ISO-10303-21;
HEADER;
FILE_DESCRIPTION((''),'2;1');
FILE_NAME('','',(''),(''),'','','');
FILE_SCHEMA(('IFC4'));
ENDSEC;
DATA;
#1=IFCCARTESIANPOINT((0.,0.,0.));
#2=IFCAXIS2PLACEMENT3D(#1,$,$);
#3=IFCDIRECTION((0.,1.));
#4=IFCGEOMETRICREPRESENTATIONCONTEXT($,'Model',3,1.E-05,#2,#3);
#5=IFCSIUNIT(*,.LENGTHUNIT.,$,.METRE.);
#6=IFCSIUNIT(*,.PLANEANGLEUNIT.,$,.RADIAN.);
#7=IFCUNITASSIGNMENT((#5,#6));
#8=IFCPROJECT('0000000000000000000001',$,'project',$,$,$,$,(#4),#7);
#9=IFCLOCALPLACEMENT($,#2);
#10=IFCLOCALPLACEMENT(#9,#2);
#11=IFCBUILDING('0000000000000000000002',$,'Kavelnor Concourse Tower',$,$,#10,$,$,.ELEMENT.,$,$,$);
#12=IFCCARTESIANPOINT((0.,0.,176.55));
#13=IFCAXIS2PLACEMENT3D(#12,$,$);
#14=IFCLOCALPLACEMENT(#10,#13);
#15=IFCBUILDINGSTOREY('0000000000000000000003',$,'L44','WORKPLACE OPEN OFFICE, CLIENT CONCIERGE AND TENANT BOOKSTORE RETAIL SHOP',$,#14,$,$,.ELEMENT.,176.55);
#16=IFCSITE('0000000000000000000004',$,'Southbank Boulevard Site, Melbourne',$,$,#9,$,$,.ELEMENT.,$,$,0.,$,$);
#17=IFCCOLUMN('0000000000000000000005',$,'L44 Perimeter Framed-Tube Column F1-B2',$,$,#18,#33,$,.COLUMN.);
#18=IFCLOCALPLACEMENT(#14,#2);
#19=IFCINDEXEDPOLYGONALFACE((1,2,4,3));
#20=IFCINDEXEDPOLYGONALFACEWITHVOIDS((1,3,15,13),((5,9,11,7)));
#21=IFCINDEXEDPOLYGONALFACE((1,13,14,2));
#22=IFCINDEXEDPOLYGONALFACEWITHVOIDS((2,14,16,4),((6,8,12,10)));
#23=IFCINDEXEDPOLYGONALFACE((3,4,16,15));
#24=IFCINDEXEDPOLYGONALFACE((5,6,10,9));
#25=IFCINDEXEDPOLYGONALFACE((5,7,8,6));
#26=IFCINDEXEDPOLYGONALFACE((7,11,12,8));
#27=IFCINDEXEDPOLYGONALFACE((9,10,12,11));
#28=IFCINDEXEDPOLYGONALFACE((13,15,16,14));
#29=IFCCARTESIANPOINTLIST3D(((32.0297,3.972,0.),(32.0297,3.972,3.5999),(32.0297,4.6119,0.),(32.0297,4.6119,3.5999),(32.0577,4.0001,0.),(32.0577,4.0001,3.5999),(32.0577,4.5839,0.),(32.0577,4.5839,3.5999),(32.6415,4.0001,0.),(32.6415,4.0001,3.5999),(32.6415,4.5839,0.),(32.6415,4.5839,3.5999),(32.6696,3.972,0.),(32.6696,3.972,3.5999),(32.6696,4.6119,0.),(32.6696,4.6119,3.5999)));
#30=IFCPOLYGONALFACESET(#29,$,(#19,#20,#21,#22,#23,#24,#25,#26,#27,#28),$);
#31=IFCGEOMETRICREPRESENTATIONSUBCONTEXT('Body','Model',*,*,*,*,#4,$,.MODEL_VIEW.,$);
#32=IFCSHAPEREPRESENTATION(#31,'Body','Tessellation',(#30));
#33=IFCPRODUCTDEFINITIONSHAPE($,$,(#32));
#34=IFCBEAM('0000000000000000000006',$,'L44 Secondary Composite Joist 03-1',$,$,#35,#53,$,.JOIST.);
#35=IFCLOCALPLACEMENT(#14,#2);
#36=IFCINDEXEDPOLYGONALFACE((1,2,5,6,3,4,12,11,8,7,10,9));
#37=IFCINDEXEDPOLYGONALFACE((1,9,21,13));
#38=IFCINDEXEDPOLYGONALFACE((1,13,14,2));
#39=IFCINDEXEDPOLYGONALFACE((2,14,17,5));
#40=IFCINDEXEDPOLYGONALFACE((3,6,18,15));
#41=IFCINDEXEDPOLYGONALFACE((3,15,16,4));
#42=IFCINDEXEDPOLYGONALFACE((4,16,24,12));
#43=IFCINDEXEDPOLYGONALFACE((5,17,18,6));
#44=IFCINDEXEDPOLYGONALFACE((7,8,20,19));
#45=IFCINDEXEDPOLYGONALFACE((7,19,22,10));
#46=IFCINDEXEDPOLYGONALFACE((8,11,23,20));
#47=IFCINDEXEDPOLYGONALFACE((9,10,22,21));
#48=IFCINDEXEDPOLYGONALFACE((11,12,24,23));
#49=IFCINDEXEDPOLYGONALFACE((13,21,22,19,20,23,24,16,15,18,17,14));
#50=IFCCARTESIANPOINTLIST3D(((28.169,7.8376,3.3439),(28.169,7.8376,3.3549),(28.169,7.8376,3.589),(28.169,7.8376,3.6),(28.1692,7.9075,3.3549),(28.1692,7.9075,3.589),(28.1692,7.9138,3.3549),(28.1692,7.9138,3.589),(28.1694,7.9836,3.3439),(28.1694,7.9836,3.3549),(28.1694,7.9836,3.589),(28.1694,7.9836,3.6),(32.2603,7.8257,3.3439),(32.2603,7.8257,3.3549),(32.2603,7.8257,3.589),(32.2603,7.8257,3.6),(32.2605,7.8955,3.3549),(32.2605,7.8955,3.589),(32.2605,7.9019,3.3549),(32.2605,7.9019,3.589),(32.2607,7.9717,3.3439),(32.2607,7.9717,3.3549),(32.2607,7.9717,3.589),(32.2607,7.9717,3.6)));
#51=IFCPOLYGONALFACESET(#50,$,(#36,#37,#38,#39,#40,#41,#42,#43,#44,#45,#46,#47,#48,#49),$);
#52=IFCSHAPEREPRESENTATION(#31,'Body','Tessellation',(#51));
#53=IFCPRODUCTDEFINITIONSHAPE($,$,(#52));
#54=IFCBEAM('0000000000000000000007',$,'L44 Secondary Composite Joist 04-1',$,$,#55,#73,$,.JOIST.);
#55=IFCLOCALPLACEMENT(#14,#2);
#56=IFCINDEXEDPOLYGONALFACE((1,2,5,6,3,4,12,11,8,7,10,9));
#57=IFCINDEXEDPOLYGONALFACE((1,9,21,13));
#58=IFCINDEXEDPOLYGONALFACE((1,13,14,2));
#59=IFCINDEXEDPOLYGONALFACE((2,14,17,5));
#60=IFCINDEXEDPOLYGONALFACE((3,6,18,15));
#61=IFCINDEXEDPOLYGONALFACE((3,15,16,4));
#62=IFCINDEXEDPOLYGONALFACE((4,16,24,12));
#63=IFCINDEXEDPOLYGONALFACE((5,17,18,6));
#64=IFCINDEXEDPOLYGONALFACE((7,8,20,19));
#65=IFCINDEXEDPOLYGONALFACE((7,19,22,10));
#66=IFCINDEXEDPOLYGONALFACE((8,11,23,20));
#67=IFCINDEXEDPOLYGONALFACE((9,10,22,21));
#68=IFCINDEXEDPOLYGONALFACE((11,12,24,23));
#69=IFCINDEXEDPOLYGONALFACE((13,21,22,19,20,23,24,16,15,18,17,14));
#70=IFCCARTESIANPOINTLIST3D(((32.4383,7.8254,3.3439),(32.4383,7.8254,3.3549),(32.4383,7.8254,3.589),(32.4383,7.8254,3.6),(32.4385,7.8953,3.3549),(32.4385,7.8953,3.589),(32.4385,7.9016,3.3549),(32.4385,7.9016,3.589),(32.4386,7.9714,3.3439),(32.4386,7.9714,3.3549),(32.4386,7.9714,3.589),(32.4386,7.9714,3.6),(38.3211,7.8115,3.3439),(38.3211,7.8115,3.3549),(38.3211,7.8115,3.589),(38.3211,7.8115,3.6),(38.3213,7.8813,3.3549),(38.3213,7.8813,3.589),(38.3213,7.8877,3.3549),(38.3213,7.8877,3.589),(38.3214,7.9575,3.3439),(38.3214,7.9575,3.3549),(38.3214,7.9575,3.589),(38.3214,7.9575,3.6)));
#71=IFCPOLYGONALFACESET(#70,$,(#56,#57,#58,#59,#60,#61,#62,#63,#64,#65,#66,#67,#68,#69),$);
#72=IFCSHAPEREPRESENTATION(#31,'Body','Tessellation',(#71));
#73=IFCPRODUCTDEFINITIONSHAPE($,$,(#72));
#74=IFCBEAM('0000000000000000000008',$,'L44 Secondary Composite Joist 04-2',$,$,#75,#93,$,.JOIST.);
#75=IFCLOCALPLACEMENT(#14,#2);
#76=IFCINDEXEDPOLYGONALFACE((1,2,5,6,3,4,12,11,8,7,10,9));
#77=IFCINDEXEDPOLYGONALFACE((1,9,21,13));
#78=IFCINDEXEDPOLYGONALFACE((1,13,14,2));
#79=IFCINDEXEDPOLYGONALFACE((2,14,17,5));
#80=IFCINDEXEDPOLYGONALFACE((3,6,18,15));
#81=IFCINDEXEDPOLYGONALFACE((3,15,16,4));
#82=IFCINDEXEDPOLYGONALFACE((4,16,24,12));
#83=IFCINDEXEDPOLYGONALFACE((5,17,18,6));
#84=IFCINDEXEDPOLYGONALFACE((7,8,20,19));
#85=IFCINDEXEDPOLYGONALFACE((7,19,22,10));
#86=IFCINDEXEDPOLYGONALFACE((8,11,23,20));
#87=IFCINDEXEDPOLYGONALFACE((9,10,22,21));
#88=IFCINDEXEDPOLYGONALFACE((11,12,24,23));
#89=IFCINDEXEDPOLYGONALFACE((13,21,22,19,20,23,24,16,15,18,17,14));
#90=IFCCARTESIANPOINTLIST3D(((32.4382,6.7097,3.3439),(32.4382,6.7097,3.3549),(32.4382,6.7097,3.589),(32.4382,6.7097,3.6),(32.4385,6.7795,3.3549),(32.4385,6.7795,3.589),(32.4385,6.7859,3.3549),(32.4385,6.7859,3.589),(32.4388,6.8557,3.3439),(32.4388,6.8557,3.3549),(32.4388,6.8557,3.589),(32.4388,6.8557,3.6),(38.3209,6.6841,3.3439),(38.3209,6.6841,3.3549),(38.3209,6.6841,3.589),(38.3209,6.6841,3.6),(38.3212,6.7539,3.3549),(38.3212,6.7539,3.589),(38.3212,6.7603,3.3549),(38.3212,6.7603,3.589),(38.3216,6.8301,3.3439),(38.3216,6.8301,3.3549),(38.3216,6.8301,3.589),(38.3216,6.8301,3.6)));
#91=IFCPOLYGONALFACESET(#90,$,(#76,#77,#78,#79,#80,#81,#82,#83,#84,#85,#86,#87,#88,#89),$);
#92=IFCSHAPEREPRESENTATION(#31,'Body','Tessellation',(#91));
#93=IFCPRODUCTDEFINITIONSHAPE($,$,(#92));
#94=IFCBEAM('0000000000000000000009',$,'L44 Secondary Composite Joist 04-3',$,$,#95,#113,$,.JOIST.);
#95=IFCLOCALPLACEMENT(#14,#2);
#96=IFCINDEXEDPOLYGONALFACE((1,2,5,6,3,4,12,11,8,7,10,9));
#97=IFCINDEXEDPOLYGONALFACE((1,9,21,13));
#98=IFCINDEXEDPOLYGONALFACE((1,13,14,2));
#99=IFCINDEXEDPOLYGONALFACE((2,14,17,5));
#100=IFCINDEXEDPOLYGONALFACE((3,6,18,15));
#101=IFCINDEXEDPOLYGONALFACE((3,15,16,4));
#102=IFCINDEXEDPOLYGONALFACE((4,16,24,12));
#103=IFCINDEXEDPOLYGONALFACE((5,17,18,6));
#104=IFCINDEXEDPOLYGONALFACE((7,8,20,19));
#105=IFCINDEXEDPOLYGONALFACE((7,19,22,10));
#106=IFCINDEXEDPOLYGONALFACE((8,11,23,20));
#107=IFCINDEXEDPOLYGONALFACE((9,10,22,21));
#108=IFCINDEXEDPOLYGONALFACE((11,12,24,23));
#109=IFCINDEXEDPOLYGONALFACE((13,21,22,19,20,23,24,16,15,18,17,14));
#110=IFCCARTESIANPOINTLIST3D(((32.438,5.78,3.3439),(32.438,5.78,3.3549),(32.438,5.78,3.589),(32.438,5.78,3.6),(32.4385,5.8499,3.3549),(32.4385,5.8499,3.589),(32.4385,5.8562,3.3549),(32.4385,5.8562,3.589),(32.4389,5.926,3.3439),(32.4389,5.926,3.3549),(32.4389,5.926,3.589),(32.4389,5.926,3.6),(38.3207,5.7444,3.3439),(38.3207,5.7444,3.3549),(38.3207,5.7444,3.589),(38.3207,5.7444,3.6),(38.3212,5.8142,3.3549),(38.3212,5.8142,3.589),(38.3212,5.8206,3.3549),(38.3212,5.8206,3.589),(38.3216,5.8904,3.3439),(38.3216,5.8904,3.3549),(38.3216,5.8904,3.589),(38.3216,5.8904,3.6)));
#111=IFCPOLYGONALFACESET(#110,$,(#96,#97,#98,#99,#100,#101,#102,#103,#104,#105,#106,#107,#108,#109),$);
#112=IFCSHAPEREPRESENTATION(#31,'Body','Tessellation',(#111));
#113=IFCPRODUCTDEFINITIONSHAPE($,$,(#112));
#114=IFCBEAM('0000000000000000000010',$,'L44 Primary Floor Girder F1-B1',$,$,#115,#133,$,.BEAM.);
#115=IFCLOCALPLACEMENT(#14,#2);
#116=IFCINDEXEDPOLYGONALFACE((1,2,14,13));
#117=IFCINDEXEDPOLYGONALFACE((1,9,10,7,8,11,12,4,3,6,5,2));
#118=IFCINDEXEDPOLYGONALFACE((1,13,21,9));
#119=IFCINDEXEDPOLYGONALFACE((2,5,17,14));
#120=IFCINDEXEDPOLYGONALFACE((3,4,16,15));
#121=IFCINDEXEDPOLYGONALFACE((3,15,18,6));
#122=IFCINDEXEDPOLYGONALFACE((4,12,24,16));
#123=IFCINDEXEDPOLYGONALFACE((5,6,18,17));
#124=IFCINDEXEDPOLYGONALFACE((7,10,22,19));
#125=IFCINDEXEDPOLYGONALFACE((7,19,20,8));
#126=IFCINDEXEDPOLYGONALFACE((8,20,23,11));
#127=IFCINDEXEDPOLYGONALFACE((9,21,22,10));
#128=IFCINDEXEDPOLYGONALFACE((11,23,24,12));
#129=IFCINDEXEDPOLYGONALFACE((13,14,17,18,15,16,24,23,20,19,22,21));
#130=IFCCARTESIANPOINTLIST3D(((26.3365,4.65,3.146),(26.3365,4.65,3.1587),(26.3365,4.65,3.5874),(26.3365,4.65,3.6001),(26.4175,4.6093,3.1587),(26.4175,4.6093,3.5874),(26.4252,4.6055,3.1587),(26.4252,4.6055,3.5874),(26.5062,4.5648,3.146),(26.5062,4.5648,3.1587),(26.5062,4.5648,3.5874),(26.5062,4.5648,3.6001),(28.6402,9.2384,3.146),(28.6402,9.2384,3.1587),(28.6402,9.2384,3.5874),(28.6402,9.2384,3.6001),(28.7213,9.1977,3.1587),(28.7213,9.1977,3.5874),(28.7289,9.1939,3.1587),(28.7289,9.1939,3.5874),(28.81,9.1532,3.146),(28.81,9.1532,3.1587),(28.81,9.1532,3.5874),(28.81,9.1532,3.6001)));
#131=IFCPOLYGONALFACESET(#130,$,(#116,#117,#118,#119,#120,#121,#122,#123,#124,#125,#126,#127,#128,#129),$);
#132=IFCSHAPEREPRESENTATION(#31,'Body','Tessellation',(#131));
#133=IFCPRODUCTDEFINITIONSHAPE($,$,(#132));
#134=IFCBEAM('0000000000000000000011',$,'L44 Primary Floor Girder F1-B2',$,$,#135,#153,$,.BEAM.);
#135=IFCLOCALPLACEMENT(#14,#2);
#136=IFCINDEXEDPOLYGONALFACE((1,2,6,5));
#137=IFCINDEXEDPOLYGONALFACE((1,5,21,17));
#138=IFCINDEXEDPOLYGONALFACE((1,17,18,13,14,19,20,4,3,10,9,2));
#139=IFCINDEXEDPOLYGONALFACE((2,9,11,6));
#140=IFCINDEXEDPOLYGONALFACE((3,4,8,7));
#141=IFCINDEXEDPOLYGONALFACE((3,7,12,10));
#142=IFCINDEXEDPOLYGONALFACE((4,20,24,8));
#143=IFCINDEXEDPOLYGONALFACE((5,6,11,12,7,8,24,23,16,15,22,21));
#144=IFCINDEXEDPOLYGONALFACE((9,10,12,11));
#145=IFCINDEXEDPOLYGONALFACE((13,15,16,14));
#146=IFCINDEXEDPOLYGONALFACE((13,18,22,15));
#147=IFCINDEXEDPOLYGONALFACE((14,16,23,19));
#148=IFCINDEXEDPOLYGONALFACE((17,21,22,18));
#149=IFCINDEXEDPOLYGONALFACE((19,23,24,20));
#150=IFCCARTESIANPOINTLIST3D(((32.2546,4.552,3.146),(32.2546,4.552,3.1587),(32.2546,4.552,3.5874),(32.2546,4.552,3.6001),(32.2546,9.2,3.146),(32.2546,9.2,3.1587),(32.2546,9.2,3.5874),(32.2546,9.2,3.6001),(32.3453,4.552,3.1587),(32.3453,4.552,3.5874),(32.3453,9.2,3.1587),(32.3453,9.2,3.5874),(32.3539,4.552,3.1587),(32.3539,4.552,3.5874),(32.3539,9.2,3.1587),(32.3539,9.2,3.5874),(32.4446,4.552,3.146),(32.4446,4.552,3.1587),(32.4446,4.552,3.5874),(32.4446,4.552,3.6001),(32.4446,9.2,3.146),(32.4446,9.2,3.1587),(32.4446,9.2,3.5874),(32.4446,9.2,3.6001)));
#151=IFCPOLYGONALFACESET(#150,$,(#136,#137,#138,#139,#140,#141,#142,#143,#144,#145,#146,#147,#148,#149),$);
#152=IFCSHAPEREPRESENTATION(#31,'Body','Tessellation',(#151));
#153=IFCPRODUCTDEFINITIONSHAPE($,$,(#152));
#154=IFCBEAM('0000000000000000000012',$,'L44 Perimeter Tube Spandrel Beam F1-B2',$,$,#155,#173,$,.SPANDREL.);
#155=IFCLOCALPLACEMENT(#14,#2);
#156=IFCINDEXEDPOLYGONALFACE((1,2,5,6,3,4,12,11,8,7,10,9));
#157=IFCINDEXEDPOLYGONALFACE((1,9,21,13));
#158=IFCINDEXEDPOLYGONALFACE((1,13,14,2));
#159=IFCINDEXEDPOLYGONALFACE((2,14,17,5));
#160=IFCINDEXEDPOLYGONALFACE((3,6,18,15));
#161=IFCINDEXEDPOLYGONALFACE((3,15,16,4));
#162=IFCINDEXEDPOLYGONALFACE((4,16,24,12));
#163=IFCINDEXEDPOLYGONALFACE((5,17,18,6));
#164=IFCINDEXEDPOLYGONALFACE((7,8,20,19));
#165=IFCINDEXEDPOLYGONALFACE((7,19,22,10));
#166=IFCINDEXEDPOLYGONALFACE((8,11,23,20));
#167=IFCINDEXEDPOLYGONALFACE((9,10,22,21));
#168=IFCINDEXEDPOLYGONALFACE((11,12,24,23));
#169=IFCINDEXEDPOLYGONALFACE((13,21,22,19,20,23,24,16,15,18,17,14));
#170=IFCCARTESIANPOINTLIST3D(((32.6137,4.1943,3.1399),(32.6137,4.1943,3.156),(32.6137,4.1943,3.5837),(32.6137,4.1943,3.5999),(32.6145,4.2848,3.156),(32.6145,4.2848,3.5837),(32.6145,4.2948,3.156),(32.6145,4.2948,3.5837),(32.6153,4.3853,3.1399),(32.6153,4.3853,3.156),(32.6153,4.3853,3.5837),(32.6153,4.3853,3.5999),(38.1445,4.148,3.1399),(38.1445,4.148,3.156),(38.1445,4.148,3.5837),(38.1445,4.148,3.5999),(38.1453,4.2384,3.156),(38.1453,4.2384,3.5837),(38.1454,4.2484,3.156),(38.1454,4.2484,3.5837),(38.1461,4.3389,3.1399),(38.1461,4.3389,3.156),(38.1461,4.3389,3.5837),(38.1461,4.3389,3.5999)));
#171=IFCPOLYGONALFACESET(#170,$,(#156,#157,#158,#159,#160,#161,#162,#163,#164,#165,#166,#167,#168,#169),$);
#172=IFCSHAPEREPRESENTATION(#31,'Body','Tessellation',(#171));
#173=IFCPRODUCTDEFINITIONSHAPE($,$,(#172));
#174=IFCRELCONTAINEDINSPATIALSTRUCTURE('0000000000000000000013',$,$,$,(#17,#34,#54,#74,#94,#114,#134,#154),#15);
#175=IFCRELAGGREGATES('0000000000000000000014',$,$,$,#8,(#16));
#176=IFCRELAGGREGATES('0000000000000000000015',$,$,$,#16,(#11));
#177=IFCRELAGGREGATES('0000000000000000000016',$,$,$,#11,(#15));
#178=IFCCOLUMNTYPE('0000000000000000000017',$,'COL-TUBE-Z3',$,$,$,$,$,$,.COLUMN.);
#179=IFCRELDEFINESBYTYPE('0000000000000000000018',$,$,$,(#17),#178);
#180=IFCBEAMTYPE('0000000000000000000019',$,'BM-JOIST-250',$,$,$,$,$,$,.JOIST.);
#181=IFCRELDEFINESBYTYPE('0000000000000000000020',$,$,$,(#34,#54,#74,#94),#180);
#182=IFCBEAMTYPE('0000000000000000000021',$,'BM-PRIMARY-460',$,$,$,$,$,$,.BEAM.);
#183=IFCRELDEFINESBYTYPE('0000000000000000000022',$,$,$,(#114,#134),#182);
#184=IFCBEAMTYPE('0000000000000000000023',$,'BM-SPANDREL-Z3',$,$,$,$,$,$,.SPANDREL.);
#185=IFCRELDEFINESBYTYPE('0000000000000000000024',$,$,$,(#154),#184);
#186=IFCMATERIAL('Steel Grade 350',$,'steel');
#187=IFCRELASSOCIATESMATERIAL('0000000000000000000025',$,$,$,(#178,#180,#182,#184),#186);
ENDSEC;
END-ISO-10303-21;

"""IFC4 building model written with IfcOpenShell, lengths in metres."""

from ifc_helpers import new_model, si_unit, direction, frame, origin, origin_2d, place, context, subcontext, project, spatial, hollow_rectangle, i_section, extrude, material, material_profile, profile_set, type_object, element, save


model = new_model("IFC4")

# Units and contexts
model_context = context("Model", 3, precision=1e-05, world=origin(), true_north=direction((0.0, 1.0)))
body_context = subcontext(model_context, "Body", "Model", "MODEL_VIEW")
ifc_project = project(units=[si_unit("LENGTHUNIT", "METRE"), si_unit("PLANEANGLEUNIT", "RADIAN")], contexts=[model_context])

# Site, building, storey
site_placement = place(None, origin())
site = spatial("IfcSite", under=ifc_project, at=site_placement, Name="Southbank Boulevard Site, Melbourne", CompositionType="ELEMENT", RefElevation=0.0)
building_placement = place(site_placement, origin())
building = spatial("IfcBuilding", under=site, at=building_placement, Name="Kavelnor Concourse Tower", CompositionType="ELEMENT")
storey_placement = place(building_placement, frame((0.0, 0.0, 176.55)))
storey = spatial("IfcBuildingStorey", under=building, at=storey_placement, Name="L44", Description="WORKPLACE OPEN OFFICE, CLIENT CONCIERGE AND TENANT BOOKSTORE RETAIL SHOP", CompositionType="ELEMENT", Elevation=176.55)

# Column
ifc_material_1 = material(Name="Steel Grade 350", Category="steel")
ifc_material_profile_1 = material_profile(ifc_material_1, hollow_rectangle(XDim=0.6399, YDim=0.6399, WallThickness=0.0281, at=origin_2d()), Name="SHS 640x640x28")
ifc_profile_set_1 = profile_set([ifc_material_profile_1], Name="Steel Grade 350")
column_type = type_object("IfcColumnType", Name="COL-TUBE-Z3", PredefinedType="COLUMN", material=ifc_profile_set_1)
column_placement = place(storey_placement, frame((32.3496, 4.292, 0.0), z_axis=(0.0, 0.0, 1.0), x_axis=(1.0, 0.0, 0.0)))
element("IfcColumn", 1, at=column_placement, inside=storey, type_object=column_type, Name="L44 Perimeter Framed-Tube Column F1-B2", PredefinedType="COLUMN", context=body_context, shape_type="SweptSolid", body=[
    extrude(hollow_rectangle(XDim=0.6399, YDim=0.6399, WallThickness=0.0281, at=origin_2d()), origin(), (0.0, 0.0, 1.0), 3.5999),
])

# Beams
ifc_material_profile_2 = material_profile(ifc_material_1, i_section(OverallWidth=0.146, OverallDepth=0.2561, WebThickness=0.0063, FlangeThickness=0.011, at=origin_2d()), Name="250UB37")
ifc_profile_set_2 = profile_set([ifc_material_profile_2], Name="Steel Grade 350")
beam_type_1 = type_object("IfcBeamType", Name="BM-JOIST-250", PredefinedType="JOIST", material=ifc_profile_set_2)
beam_1_placement = place(storey_placement, frame((28.1692, 7.9106, 3.4719), z_axis=(0.999996, -0.002924, 0.0), x_axis=(0.002924, 0.999996, 0.0)))
element("IfcBeam", 2, at=beam_1_placement, inside=storey, type_object=beam_type_1, Name="L44 Secondary Composite Joist 03-1", PredefinedType="JOIST", context=body_context, shape_type="SweptSolid", body=[
    extrude(i_section(OverallWidth=0.146, OverallDepth=0.2561, WebThickness=0.0063, FlangeThickness=0.011, at=origin_2d()), origin(), (0.0, 0.0, 1.0), 4.0913),
])
for number, where, z_axis, x_axis, name in (
    (3, (32.4385, 7.8984, 3.4719), (0.999997, -0.002366, 0.0), (0.002366, 0.999997, 0.0), "L44 Secondary Composite Joist 04-1"),
    (4, (32.4385, 6.7827, 3.4719), (0.999991, -0.004358, 0.0), (0.004358, 0.999991, 0.0), "L44 Secondary Composite Joist 04-2"),
    (5, (32.4385, 5.853, 3.4719), (0.999982, -0.006059, 0.0), (0.006059, 0.999982, 0.0), "L44 Secondary Composite Joist 04-3"),
):
    element("IfcBeam", number, at=place(storey_placement, frame(where, z_axis=z_axis, x_axis=x_axis)), inside=storey, type_object=beam_type_1, Name=name, PredefinedType="JOIST", context=body_context, shape_type="SweptSolid", body=[
        extrude(i_section(OverallWidth=0.146, OverallDepth=0.2561, WebThickness=0.0063, FlangeThickness=0.011, at=origin_2d()), origin(), (0.0, 0.0, 1.0), 5.8828),
    ])
ifc_material_profile_3 = material_profile(ifc_material_1, i_section(OverallWidth=0.1899, OverallDepth=0.4541, WebThickness=0.0085, FlangeThickness=0.0127, at=origin_2d()), Name="460UB67")
ifc_profile_set_3 = profile_set([ifc_material_profile_3], Name="Steel Grade 350")
beam_type_2 = type_object("IfcBeamType", Name="BM-PRIMARY-460", PredefinedType="BEAM", material=ifc_profile_set_3)
beam_2_placement = place(storey_placement, frame((28.7251, 9.1958, 3.373), z_axis=(-0.448697, -0.893684, 0.0), x_axis=(0.893684, -0.448697, 0.0)))
element("IfcBeam", 6, at=beam_2_placement, inside=storey, type_object=beam_type_2, Name="L44 Primary Floor Girder F1-B1", PredefinedType="BEAM", context=body_context, shape_type="SweptSolid", body=[
    extrude(i_section(OverallWidth=0.1899, OverallDepth=0.4541, WebThickness=0.0085, FlangeThickness=0.0127, at=origin_2d()), origin(), (0.0, 0.0, 1.0), 5.1343),
])
beam_3_placement = place(storey_placement, frame((32.3496, 9.2, 3.373), z_axis=(0.0, -1.0, 0.0), x_axis=(1.0, 0.0, 0.0)))
element("IfcBeam", 7, at=beam_3_placement, inside=storey, type_object=beam_type_2, Name="L44 Primary Floor Girder F1-B2", PredefinedType="BEAM", context=body_context, shape_type="SweptSolid", body=[
    extrude(i_section(OverallWidth=0.1899, OverallDepth=0.4541, WebThickness=0.0085, FlangeThickness=0.0127, at=origin_2d()), origin(), (0.0, 0.0, 1.0), 4.6479),
])
ifc_material_profile_4 = material_profile(ifc_material_1, i_section(OverallWidth=0.1909, OverallDepth=0.46, WebThickness=0.01, FlangeThickness=0.0161, at=origin_2d()), Name="460UB82")
ifc_profile_set_4 = profile_set([ifc_material_profile_4], Name="Steel Grade 350")
beam_type_3 = type_object("IfcBeamType", Name="BM-SPANDREL-Z3", PredefinedType="SPANDREL", material=ifc_profile_set_4)
beam_4_placement = place(storey_placement, frame((32.6145, 4.2898, 3.3699), z_axis=(0.999965, -0.008387, 0.0), x_axis=(0.008387, 0.999965, 0.0)))
element("IfcBeam", 8, at=beam_4_placement, inside=storey, type_object=beam_type_3, Name="L44 Perimeter Tube Spandrel Beam F1-B2", PredefinedType="SPANDREL", context=body_context, shape_type="SweptSolid", body=[
    extrude(i_section(OverallWidth=0.1909, OverallDepth=0.46, WebThickness=0.01, FlangeThickness=0.0161, at=origin_2d()), origin(), (0.0, 0.0, 1.0), 5.531),
])

save(model, "model.ifc")
